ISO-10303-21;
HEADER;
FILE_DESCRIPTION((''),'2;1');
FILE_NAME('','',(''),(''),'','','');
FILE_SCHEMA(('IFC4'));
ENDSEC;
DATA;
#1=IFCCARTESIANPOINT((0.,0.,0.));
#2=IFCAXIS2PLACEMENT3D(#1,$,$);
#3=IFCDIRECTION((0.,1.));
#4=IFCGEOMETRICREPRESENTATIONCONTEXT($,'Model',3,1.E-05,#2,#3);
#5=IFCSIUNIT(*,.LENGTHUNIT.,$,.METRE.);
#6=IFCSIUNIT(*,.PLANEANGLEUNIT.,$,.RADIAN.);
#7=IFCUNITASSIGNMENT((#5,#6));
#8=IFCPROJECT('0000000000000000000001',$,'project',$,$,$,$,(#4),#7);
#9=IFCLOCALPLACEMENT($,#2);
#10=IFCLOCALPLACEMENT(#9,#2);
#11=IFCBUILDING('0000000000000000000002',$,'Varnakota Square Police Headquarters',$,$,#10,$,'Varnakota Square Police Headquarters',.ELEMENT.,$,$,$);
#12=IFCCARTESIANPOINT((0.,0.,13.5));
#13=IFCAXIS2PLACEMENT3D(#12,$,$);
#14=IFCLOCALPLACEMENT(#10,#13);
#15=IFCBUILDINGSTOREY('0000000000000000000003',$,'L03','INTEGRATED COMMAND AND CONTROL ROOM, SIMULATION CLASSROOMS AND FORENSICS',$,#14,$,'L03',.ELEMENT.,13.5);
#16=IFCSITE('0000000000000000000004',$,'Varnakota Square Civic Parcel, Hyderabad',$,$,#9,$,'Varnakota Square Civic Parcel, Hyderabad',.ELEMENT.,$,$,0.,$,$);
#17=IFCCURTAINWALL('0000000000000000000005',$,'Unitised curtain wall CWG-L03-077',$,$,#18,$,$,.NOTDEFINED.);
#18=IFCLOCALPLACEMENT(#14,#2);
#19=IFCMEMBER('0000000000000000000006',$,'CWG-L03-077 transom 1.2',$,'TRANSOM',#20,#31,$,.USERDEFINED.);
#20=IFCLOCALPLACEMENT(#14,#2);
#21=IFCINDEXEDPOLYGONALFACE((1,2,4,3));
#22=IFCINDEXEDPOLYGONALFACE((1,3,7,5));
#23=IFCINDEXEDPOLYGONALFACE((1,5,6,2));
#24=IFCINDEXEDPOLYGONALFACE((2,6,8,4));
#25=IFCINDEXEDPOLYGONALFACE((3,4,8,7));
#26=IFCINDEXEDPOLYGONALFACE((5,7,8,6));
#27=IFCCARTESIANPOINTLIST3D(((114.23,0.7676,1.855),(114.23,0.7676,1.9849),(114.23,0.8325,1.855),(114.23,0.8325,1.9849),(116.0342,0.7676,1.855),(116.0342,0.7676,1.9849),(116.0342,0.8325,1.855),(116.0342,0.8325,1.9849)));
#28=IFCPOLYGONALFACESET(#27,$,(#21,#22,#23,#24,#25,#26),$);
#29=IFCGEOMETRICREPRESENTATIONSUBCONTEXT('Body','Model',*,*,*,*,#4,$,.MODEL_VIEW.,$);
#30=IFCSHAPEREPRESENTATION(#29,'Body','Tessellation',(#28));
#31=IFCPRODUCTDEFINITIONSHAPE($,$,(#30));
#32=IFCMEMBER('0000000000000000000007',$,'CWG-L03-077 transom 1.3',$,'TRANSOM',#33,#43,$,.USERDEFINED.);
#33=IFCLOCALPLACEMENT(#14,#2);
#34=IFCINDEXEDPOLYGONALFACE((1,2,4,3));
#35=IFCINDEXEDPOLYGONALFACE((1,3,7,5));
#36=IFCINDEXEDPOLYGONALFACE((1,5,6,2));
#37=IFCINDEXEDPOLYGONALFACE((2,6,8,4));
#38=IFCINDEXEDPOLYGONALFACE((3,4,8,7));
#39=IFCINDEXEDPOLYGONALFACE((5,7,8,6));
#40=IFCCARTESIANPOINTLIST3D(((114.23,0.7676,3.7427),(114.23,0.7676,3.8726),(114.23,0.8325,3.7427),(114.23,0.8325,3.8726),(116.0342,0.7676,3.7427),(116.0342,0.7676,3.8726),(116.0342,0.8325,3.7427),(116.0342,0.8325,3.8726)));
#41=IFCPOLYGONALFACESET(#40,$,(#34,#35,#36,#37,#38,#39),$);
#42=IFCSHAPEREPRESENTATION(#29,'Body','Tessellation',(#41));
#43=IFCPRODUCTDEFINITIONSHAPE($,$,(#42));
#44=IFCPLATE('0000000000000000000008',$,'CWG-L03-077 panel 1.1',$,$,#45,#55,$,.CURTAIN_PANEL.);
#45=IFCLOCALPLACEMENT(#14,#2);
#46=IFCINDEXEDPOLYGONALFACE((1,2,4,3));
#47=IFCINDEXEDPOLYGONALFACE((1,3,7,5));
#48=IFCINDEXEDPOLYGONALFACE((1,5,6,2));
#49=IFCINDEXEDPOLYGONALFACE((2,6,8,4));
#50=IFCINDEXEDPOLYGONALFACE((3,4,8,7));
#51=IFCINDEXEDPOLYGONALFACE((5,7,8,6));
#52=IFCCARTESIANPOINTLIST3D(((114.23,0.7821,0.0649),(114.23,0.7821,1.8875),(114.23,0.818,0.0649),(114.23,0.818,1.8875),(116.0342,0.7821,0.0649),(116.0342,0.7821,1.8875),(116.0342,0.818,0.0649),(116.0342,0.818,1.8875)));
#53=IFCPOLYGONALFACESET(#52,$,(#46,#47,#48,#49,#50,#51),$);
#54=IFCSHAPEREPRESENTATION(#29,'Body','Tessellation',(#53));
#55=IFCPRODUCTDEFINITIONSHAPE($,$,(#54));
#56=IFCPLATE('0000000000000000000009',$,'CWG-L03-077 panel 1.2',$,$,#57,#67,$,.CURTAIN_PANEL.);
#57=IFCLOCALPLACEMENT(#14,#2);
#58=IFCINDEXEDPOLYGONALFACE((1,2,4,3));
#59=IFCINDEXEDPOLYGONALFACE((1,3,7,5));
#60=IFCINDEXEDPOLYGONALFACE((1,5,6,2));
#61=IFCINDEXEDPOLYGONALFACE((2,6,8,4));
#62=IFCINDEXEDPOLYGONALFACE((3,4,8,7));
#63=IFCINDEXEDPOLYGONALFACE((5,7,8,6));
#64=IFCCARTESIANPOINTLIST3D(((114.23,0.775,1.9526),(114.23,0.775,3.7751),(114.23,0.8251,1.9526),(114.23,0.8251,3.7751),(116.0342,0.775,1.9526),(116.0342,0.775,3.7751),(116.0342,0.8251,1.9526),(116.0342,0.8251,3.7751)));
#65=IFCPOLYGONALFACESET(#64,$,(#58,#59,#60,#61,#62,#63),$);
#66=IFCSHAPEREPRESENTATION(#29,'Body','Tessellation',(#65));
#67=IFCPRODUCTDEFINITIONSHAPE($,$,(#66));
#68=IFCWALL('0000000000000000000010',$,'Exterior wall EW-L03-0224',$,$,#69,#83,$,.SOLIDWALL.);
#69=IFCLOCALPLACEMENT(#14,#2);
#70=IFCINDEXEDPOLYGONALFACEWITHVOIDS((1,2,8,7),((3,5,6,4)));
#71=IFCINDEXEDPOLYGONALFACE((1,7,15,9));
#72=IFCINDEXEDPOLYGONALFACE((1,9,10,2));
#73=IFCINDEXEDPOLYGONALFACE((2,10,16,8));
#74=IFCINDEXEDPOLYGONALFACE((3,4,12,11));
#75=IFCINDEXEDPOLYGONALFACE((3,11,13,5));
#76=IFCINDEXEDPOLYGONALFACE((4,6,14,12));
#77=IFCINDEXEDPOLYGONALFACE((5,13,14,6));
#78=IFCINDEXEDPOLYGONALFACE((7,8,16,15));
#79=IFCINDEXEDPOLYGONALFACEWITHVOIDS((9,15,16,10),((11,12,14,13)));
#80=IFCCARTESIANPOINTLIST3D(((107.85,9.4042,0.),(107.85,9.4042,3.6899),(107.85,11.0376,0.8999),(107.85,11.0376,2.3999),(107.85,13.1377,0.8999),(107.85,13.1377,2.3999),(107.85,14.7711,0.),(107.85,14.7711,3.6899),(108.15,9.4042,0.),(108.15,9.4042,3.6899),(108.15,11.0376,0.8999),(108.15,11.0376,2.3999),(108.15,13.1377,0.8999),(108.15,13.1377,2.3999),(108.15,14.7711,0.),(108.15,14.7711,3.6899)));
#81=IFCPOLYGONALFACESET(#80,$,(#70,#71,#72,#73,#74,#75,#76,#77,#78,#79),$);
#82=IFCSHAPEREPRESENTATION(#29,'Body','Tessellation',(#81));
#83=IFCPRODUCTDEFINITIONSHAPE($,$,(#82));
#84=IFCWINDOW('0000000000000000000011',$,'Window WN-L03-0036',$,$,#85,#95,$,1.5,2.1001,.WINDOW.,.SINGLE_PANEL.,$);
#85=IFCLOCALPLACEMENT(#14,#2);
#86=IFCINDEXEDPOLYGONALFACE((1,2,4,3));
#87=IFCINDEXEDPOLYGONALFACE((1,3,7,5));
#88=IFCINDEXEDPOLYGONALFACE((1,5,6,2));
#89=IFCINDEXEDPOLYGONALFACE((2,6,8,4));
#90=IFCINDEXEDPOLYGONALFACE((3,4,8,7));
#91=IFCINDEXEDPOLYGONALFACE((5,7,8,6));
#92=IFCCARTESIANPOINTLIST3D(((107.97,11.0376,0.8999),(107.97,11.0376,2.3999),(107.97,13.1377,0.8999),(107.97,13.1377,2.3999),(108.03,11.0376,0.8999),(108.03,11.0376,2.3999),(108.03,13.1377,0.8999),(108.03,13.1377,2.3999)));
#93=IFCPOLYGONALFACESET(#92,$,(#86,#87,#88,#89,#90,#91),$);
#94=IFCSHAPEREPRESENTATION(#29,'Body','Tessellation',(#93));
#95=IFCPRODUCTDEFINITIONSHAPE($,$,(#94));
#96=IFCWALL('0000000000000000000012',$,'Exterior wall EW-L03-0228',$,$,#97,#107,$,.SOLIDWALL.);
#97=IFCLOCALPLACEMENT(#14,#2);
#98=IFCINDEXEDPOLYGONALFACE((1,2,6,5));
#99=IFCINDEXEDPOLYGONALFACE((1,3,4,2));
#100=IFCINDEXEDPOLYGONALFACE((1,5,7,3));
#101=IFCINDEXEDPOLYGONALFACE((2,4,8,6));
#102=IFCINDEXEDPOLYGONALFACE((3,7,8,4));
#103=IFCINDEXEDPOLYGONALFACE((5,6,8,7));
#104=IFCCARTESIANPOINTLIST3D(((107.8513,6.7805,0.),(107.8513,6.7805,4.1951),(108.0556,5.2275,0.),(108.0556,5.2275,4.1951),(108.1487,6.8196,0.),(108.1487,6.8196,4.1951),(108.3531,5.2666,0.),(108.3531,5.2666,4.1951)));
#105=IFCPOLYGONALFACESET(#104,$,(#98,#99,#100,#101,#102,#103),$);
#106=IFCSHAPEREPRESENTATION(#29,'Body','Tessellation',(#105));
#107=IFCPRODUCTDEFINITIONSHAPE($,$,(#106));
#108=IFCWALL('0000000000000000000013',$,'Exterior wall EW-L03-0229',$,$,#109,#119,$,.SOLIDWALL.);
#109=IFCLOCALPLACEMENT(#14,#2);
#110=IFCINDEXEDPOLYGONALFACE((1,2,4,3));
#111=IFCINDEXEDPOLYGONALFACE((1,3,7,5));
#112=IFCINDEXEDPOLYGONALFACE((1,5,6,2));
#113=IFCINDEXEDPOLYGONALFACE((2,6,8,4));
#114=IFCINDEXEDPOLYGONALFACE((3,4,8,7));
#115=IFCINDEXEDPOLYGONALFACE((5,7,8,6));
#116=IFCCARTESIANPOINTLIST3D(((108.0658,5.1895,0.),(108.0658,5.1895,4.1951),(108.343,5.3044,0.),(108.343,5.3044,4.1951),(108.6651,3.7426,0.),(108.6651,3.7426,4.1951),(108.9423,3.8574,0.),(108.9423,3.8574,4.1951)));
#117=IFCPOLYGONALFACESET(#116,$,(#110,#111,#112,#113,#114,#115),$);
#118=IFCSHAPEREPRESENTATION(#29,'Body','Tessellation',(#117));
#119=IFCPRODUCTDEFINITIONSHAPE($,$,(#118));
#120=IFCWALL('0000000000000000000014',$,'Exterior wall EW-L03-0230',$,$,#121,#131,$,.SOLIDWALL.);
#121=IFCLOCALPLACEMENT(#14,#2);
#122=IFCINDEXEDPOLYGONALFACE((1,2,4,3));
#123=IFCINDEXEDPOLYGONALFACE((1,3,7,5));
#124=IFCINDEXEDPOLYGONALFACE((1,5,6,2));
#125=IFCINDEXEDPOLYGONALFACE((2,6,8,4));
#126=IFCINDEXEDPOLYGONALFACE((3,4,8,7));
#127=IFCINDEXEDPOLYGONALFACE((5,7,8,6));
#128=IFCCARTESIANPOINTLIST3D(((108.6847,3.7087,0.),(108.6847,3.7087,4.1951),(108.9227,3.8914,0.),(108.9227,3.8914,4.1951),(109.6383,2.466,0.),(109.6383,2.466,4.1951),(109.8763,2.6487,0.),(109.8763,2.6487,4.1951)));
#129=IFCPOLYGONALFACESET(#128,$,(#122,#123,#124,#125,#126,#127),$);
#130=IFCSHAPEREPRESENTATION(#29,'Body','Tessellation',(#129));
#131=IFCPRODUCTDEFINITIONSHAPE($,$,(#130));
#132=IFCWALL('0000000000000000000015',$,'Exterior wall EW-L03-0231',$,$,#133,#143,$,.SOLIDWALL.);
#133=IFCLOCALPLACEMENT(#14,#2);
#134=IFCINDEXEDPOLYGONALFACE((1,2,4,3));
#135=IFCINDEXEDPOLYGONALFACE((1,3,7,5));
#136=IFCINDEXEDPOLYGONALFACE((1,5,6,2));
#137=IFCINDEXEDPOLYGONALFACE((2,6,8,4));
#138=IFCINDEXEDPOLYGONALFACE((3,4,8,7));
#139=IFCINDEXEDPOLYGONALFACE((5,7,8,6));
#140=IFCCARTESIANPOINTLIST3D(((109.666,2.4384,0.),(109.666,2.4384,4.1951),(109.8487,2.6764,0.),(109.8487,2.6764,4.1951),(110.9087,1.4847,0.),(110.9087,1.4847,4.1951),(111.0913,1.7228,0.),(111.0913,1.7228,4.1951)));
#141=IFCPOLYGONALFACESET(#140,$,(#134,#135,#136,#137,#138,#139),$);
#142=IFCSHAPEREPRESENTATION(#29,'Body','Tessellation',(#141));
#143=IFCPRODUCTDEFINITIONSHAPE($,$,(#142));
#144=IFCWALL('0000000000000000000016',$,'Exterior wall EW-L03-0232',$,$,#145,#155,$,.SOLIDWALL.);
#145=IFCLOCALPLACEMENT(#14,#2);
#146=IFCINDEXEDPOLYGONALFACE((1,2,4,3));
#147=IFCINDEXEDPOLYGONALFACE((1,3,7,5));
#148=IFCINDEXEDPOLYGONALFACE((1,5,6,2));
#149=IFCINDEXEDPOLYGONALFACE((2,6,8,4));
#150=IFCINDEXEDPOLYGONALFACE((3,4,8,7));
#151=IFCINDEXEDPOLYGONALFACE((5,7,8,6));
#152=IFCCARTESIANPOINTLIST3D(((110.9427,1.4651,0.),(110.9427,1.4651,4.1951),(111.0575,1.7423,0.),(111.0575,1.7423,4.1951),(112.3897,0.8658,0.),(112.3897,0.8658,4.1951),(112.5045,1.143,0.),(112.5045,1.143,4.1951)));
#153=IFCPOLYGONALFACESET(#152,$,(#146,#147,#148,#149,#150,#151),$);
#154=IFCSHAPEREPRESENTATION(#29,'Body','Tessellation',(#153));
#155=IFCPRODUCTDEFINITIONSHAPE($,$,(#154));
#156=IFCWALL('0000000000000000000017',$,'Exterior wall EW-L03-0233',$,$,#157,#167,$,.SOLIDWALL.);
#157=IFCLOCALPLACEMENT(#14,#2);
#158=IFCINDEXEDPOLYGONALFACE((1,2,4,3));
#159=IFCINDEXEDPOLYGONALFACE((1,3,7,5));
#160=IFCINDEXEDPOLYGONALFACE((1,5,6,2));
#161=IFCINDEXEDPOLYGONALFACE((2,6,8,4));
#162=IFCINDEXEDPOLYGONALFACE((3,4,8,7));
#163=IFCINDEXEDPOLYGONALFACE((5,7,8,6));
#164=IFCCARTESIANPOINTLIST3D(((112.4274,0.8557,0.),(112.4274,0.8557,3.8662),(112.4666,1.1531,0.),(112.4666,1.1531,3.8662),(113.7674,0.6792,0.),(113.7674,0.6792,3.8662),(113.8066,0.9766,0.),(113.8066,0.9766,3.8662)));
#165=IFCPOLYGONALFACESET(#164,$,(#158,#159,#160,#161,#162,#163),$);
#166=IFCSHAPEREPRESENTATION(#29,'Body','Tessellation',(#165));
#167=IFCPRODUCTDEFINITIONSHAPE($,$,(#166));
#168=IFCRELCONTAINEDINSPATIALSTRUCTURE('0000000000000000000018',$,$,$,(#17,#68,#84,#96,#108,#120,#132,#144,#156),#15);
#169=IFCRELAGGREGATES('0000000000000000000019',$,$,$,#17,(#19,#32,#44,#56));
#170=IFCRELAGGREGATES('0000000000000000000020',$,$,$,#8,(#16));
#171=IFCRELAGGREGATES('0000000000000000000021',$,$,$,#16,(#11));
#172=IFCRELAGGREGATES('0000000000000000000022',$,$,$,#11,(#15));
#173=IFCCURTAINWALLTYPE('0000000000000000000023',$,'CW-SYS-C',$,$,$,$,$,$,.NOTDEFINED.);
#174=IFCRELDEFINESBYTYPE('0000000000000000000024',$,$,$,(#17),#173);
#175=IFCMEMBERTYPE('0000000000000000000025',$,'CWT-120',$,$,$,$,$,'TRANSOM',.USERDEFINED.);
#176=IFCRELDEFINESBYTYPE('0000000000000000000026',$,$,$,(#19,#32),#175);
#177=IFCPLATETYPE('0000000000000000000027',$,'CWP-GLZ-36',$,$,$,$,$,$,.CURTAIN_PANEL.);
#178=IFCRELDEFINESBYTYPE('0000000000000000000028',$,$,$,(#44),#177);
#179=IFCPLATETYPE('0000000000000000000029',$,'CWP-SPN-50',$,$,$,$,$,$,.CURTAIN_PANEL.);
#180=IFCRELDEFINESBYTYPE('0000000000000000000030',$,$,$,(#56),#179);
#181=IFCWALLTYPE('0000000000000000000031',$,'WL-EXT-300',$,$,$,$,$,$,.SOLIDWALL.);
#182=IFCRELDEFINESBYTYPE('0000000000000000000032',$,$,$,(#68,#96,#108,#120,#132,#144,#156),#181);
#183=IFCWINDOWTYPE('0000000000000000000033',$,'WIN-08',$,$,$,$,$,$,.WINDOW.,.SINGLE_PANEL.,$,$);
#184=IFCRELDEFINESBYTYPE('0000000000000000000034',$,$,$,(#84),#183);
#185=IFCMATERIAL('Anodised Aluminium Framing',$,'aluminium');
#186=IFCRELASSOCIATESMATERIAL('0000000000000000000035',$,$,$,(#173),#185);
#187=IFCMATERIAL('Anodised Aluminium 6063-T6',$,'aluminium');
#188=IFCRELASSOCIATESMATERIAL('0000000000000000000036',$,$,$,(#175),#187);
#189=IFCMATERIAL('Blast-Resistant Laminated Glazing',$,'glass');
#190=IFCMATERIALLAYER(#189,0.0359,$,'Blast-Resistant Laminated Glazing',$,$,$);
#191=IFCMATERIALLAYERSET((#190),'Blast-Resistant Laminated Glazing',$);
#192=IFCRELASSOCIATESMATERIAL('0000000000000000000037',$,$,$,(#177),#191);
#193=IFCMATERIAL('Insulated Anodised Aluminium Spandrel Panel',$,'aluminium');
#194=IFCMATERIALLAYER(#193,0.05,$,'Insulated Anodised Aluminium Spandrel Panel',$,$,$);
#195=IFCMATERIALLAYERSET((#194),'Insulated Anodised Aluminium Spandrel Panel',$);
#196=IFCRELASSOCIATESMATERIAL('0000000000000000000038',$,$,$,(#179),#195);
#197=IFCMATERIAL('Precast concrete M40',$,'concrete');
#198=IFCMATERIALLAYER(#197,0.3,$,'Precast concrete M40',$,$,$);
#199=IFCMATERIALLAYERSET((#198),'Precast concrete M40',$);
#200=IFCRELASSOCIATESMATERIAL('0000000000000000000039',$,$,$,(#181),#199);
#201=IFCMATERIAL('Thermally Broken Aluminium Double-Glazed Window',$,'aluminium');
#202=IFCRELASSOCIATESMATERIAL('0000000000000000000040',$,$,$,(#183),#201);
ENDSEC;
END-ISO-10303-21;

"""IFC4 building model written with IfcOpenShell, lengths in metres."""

from ifc_helpers import new_model, si_unit, direction, frame, frame_2d, origin, origin_2d, place, context, subcontext, project, spatial, rectangle, extrude, material, layer, layer_set, material_profile, profile_set, type_object, element, fill, aggregate, save


model = new_model("IFC4")

# Units and contexts
model_context = context("Model", 3, precision=1e-05, world=origin(), true_north=direction((0.0, 1.0)))
body_context = subcontext(model_context, "Body", "Model", "MODEL_VIEW")
ifc_project = project(units=[si_unit("LENGTHUNIT", "METRE"), si_unit("PLANEANGLEUNIT", "RADIAN")], contexts=[model_context])

# Site, building, storey
site_placement = place(None, origin())
site = spatial("IfcSite", under=ifc_project, at=site_placement, Name="Varnakota Square Civic Parcel, Hyderabad", LongName="Varnakota Square Civic Parcel, Hyderabad", CompositionType="ELEMENT", RefElevation=0.0)
building_placement = place(site_placement, origin())
building = spatial("IfcBuilding", under=site, at=building_placement, Name="Varnakota Square Police Headquarters", LongName="Varnakota Square Police Headquarters", CompositionType="ELEMENT")
storey_placement = place(building_placement, frame((0.0, 0.0, 13.5)))
storey = spatial("IfcBuildingStorey", under=building, at=storey_placement, Name="L03", Description="INTEGRATED COMMAND AND CONTROL ROOM, SIMULATION CLASSROOMS AND FORENSICS", LongName="L03", CompositionType="ELEMENT", Elevation=13.5)

# Curtain wall, members, plates
ifc_material_1 = material(Name="Anodised Aluminium Framing", Category="aluminium")
curtain_wall_type = type_object("IfcCurtainWallType", Name="CW-SYS-C", PredefinedType="NOTDEFINED", material=ifc_material_1)
curtain_wall_placement = place(storey_placement, origin())
curtain_wall = element("IfcCurtainWall", 1, at=curtain_wall_placement, inside=storey, type_object=curtain_wall_type, Name="Unitised curtain wall CWG-L03-077", PredefinedType="NOTDEFINED")
ifc_material_2 = material(Name="Anodised Aluminium 6063-T6", Category="aluminium")
ifc_material_profile_1 = material_profile(ifc_material_2, rectangle(XDim=0.0649, YDim=0.1299, at=origin_2d()), Name="ALU TRANSOM 65x130")
ifc_profile_set_1 = profile_set([ifc_material_profile_1], Name="Anodised Aluminium 6063-T6")
member_type_1 = type_object("IfcMemberType", Name="CWT-120", ElementType="TRANSOM", PredefinedType="USERDEFINED", material=ifc_profile_set_1)
member_1_placement = place(storey_placement, frame((114.23, 0.8, 1.9199), z_axis=(1.0, 0.0, 0.0), x_axis=(0.0, 1.0, 0.0)))
member_1 = element("IfcMember", 2, at=member_1_placement, type_object=member_type_1, Name="CWG-L03-077 transom 1.2", ObjectType="TRANSOM", PredefinedType="USERDEFINED", context=body_context, shape_type="SweptSolid", body=[
    extrude(rectangle(XDim=0.0649, YDim=0.1299, at=origin_2d()), origin(), (0.0, 0.0, 1.0), 1.8042),
])
member_2_placement = place(storey_placement, frame((114.23, 0.8, 3.8076), z_axis=(1.0, 0.0, 0.0), x_axis=(0.0, 1.0, 0.0)))
member_2 = element("IfcMember", 3, at=member_2_placement, type_object=member_type_1, Name="CWG-L03-077 transom 1.3", ObjectType="TRANSOM", PredefinedType="USERDEFINED", context=body_context, shape_type="SweptSolid", body=[
    extrude(rectangle(XDim=0.0649, YDim=0.1299, at=origin_2d()), origin(), (0.0, 0.0, 1.0), 1.8042),
])
ifc_material_3 = material(Name="Blast-Resistant Laminated Glazing", Category="glass")
ifc_layer_1 = layer(ifc_material_3, 0.0359, Name="Blast-Resistant Laminated Glazing")
ifc_layer_set_1 = layer_set([ifc_layer_1], Name="Blast-Resistant Laminated Glazing")
plate_type_1 = type_object("IfcPlateType", Name="CWP-GLZ-36", PredefinedType="CURTAIN_PANEL", material=ifc_layer_set_1)
plate_1_placement = place(storey_placement, frame((115.1321, 0.8, 0.0649), z_axis=(0.0, 0.0, 1.0), x_axis=(1.0, 0.0, 0.0)))
plate_1 = element("IfcPlate", 4, at=plate_1_placement, type_object=plate_type_1, Name="CWG-L03-077 panel 1.1", PredefinedType="CURTAIN_PANEL", context=body_context, shape_type="SweptSolid", body=[
    extrude(rectangle(XDim=1.8042, YDim=0.0359, at=origin_2d()), origin(), (0.0, 0.0, 1.0), 1.8225),
])
ifc_material_4 = material(Name="Insulated Anodised Aluminium Spandrel Panel", Category="aluminium")
ifc_layer_2 = layer(ifc_material_4, 0.05, Name="Insulated Anodised Aluminium Spandrel Panel")
ifc_layer_set_2 = layer_set([ifc_layer_2], Name="Insulated Anodised Aluminium Spandrel Panel")
plate_type_2 = type_object("IfcPlateType", Name="CWP-SPN-50", PredefinedType="CURTAIN_PANEL", material=ifc_layer_set_2)
plate_2_placement = place(storey_placement, frame((115.1321, 0.8, 1.9526), z_axis=(0.0, 0.0, 1.0), x_axis=(1.0, 0.0, 0.0)))
plate_2 = element("IfcPlate", 5, at=plate_2_placement, type_object=plate_type_2, Name="CWG-L03-077 panel 1.2", PredefinedType="CURTAIN_PANEL", context=body_context, shape_type="SweptSolid", body=[
    extrude(rectangle(XDim=1.8042, YDim=0.05, at=origin_2d()), origin(), (0.0, 0.0, 1.0), 1.8225),
])
aggregate(curtain_wall, [member_1, member_2, plate_1, plate_2])

# Wall, opening, window
ifc_material_5 = material(Name="Precast concrete M40", Category="concrete")
ifc_layer_3 = layer(ifc_material_5, 0.3, Name="Precast concrete M40")
ifc_layer_set_3 = layer_set([ifc_layer_3], Name="Precast concrete M40")
wall_type_1 = type_object("IfcWallType", Name="WL-EXT-300", PredefinedType="SOLIDWALL", material=ifc_layer_set_3)
wall_1_placement = place(storey_placement, frame((108.0, 9.4041, 0.0), z_axis=(0.0, 0.0, 1.0), x_axis=(0.0, 1.0, 0.0)))
wall_1 = element("IfcWall", 6, at=wall_1_placement, inside=storey, type_object=wall_type_1, Name="Exterior wall EW-L03-0224", PredefinedType="SOLIDWALL", context=body_context, shape_type="SweptSolid", body=[
    extrude(rectangle(XDim=5.3669, YDim=0.3, at=frame_2d((2.6836, 0.0))), origin(), (0.0, 0.0, 1.0), 3.6899),
])
opening_1_placement = place(wall_1_placement, frame((1.6335, 0.0, 0.8999)))
opening_1 = element("IfcOpeningElement", 7, at=opening_1_placement, cuts=wall_1, PredefinedType="OPENING", context=body_context, shape_type="SweptSolid", body=[
    extrude(rectangle(XDim=2.1001, YDim=1.5, at=frame_2d((1.05, 0.75))), frame((0.0, 0.1599, 0.0), z_axis=(0.0, -1.0, 0.0), x_axis=(1.0, 0.0, 0.0)), (0.0, 0.0, 1.0), 0.3201),
])
ifc_material_6 = material(Name="Thermally Broken Aluminium Double-Glazed Window", Category="aluminium")
window_type = type_object("IfcWindowType", Name="WIN-08", PartitioningType="SINGLE_PANEL", PredefinedType="WINDOW", material=ifc_material_6)
window_placement = place(opening_1_placement, origin())
window = element("IfcWindow", 8, at=window_placement, inside=storey, type_object=window_type, Name="Window WN-L03-0036", OverallHeight=1.5, OverallWidth=2.1001, PartitioningType="SINGLE_PANEL", PredefinedType="WINDOW", context=body_context, shape_type="SweptSolid", body=[
    extrude(rectangle(XDim=2.1001, YDim=1.5, at=frame_2d((1.05, 0.75))), frame((0.0, 0.03, 0.0), z_axis=(0.0, -1.0, 0.0), x_axis=(1.0, 0.0, 0.0)), (0.0, 0.0, 1.0), 0.0601),
])
fill(opening_1, window)

# Walls
wall_2_placement = place(storey_placement, frame((108.0, 6.8, 0.0), z_axis=(0.0, 0.0, 1.0), x_axis=(0.130459, -0.991454, 0.0)))
element("IfcWall", 9, at=wall_2_placement, inside=storey, type_object=wall_type_1, Name="Exterior wall EW-L03-0228", PredefinedType="SOLIDWALL", context=body_context, shape_type="SweptSolid", body=[
    extrude(rectangle(XDim=1.5664, YDim=0.3, at=frame_2d((0.7832, 0.0))), origin(), (0.0, 0.0, 1.0), 4.1951),
])
wall_3_placement = place(storey_placement, frame((108.2043, 5.2471, 0.0), z_axis=(0.0, 0.0, 1.0), x_axis=(0.382678, -0.923882, 0.0)))
element("IfcWall", 10, at=wall_3_placement, inside=storey, type_object=wall_type_1, Name="Exterior wall EW-L03-0229", PredefinedType="SOLIDWALL", context=body_context, shape_type="SweptSolid", body=[
    extrude(rectangle(XDim=1.5662, YDim=0.3, at=frame_2d((0.7832, 0.0))), origin(), (0.0, 0.0, 1.0), 4.1951),
])
for number, where, z_axis, x_axis, name in (
    (11, (108.8037, 3.8, 0.0), (0.0, 0.0, 1.0), (0.608791, -0.79333, 0.0), "Exterior wall EW-L03-0230"),
    (12, (109.7573, 2.5574, 0.0), (0.0, 0.0, 1.0), (0.79333, -0.608791, 0.0), "Exterior wall EW-L03-0231"),
):
    element("IfcWall", number, at=place(storey_placement, frame(where, z_axis=z_axis, x_axis=x_axis)), inside=storey, type_object=wall_type_1, Name=name, PredefinedType="SOLIDWALL", context=body_context, shape_type="SweptSolid", body=[
        extrude(rectangle(XDim=1.5664, YDim=0.3, at=frame_2d((0.7832, 0.0))), origin(), (0.0, 0.0, 1.0), 4.1951),
    ])
wall_4_placement = place(storey_placement, frame((111.0, 1.6038, 0.0), z_axis=(0.0, 0.0, 1.0), x_axis=(0.923882, -0.382678, 0.0)))
element("IfcWall", 13, at=wall_4_placement, inside=storey, type_object=wall_type_1, Name="Exterior wall EW-L03-0232", PredefinedType="SOLIDWALL", context=body_context, shape_type="SweptSolid", body=[
    extrude(rectangle(XDim=1.5662, YDim=0.3, at=frame_2d((0.7832, 0.0))), origin(), (0.0, 0.0, 1.0), 4.1951),
])
wall_5_placement = place(storey_placement, frame((112.447, 1.0044, 0.0), z_axis=(0.0, 0.0, 1.0), x_axis=(0.991436, -0.13059, 0.0)))
element("IfcWall", 14, at=wall_5_placement, inside=storey, type_object=wall_type_1, Name="Exterior wall EW-L03-0233", PredefinedType="SOLIDWALL", context=body_context, shape_type="SweptSolid", body=[
    extrude(rectangle(XDim=1.3516, YDim=0.3, at=frame_2d((0.6758, 0.0))), origin(), (0.0, 0.0, 1.0), 3.8662),
])

save(model, "model.ifc")
